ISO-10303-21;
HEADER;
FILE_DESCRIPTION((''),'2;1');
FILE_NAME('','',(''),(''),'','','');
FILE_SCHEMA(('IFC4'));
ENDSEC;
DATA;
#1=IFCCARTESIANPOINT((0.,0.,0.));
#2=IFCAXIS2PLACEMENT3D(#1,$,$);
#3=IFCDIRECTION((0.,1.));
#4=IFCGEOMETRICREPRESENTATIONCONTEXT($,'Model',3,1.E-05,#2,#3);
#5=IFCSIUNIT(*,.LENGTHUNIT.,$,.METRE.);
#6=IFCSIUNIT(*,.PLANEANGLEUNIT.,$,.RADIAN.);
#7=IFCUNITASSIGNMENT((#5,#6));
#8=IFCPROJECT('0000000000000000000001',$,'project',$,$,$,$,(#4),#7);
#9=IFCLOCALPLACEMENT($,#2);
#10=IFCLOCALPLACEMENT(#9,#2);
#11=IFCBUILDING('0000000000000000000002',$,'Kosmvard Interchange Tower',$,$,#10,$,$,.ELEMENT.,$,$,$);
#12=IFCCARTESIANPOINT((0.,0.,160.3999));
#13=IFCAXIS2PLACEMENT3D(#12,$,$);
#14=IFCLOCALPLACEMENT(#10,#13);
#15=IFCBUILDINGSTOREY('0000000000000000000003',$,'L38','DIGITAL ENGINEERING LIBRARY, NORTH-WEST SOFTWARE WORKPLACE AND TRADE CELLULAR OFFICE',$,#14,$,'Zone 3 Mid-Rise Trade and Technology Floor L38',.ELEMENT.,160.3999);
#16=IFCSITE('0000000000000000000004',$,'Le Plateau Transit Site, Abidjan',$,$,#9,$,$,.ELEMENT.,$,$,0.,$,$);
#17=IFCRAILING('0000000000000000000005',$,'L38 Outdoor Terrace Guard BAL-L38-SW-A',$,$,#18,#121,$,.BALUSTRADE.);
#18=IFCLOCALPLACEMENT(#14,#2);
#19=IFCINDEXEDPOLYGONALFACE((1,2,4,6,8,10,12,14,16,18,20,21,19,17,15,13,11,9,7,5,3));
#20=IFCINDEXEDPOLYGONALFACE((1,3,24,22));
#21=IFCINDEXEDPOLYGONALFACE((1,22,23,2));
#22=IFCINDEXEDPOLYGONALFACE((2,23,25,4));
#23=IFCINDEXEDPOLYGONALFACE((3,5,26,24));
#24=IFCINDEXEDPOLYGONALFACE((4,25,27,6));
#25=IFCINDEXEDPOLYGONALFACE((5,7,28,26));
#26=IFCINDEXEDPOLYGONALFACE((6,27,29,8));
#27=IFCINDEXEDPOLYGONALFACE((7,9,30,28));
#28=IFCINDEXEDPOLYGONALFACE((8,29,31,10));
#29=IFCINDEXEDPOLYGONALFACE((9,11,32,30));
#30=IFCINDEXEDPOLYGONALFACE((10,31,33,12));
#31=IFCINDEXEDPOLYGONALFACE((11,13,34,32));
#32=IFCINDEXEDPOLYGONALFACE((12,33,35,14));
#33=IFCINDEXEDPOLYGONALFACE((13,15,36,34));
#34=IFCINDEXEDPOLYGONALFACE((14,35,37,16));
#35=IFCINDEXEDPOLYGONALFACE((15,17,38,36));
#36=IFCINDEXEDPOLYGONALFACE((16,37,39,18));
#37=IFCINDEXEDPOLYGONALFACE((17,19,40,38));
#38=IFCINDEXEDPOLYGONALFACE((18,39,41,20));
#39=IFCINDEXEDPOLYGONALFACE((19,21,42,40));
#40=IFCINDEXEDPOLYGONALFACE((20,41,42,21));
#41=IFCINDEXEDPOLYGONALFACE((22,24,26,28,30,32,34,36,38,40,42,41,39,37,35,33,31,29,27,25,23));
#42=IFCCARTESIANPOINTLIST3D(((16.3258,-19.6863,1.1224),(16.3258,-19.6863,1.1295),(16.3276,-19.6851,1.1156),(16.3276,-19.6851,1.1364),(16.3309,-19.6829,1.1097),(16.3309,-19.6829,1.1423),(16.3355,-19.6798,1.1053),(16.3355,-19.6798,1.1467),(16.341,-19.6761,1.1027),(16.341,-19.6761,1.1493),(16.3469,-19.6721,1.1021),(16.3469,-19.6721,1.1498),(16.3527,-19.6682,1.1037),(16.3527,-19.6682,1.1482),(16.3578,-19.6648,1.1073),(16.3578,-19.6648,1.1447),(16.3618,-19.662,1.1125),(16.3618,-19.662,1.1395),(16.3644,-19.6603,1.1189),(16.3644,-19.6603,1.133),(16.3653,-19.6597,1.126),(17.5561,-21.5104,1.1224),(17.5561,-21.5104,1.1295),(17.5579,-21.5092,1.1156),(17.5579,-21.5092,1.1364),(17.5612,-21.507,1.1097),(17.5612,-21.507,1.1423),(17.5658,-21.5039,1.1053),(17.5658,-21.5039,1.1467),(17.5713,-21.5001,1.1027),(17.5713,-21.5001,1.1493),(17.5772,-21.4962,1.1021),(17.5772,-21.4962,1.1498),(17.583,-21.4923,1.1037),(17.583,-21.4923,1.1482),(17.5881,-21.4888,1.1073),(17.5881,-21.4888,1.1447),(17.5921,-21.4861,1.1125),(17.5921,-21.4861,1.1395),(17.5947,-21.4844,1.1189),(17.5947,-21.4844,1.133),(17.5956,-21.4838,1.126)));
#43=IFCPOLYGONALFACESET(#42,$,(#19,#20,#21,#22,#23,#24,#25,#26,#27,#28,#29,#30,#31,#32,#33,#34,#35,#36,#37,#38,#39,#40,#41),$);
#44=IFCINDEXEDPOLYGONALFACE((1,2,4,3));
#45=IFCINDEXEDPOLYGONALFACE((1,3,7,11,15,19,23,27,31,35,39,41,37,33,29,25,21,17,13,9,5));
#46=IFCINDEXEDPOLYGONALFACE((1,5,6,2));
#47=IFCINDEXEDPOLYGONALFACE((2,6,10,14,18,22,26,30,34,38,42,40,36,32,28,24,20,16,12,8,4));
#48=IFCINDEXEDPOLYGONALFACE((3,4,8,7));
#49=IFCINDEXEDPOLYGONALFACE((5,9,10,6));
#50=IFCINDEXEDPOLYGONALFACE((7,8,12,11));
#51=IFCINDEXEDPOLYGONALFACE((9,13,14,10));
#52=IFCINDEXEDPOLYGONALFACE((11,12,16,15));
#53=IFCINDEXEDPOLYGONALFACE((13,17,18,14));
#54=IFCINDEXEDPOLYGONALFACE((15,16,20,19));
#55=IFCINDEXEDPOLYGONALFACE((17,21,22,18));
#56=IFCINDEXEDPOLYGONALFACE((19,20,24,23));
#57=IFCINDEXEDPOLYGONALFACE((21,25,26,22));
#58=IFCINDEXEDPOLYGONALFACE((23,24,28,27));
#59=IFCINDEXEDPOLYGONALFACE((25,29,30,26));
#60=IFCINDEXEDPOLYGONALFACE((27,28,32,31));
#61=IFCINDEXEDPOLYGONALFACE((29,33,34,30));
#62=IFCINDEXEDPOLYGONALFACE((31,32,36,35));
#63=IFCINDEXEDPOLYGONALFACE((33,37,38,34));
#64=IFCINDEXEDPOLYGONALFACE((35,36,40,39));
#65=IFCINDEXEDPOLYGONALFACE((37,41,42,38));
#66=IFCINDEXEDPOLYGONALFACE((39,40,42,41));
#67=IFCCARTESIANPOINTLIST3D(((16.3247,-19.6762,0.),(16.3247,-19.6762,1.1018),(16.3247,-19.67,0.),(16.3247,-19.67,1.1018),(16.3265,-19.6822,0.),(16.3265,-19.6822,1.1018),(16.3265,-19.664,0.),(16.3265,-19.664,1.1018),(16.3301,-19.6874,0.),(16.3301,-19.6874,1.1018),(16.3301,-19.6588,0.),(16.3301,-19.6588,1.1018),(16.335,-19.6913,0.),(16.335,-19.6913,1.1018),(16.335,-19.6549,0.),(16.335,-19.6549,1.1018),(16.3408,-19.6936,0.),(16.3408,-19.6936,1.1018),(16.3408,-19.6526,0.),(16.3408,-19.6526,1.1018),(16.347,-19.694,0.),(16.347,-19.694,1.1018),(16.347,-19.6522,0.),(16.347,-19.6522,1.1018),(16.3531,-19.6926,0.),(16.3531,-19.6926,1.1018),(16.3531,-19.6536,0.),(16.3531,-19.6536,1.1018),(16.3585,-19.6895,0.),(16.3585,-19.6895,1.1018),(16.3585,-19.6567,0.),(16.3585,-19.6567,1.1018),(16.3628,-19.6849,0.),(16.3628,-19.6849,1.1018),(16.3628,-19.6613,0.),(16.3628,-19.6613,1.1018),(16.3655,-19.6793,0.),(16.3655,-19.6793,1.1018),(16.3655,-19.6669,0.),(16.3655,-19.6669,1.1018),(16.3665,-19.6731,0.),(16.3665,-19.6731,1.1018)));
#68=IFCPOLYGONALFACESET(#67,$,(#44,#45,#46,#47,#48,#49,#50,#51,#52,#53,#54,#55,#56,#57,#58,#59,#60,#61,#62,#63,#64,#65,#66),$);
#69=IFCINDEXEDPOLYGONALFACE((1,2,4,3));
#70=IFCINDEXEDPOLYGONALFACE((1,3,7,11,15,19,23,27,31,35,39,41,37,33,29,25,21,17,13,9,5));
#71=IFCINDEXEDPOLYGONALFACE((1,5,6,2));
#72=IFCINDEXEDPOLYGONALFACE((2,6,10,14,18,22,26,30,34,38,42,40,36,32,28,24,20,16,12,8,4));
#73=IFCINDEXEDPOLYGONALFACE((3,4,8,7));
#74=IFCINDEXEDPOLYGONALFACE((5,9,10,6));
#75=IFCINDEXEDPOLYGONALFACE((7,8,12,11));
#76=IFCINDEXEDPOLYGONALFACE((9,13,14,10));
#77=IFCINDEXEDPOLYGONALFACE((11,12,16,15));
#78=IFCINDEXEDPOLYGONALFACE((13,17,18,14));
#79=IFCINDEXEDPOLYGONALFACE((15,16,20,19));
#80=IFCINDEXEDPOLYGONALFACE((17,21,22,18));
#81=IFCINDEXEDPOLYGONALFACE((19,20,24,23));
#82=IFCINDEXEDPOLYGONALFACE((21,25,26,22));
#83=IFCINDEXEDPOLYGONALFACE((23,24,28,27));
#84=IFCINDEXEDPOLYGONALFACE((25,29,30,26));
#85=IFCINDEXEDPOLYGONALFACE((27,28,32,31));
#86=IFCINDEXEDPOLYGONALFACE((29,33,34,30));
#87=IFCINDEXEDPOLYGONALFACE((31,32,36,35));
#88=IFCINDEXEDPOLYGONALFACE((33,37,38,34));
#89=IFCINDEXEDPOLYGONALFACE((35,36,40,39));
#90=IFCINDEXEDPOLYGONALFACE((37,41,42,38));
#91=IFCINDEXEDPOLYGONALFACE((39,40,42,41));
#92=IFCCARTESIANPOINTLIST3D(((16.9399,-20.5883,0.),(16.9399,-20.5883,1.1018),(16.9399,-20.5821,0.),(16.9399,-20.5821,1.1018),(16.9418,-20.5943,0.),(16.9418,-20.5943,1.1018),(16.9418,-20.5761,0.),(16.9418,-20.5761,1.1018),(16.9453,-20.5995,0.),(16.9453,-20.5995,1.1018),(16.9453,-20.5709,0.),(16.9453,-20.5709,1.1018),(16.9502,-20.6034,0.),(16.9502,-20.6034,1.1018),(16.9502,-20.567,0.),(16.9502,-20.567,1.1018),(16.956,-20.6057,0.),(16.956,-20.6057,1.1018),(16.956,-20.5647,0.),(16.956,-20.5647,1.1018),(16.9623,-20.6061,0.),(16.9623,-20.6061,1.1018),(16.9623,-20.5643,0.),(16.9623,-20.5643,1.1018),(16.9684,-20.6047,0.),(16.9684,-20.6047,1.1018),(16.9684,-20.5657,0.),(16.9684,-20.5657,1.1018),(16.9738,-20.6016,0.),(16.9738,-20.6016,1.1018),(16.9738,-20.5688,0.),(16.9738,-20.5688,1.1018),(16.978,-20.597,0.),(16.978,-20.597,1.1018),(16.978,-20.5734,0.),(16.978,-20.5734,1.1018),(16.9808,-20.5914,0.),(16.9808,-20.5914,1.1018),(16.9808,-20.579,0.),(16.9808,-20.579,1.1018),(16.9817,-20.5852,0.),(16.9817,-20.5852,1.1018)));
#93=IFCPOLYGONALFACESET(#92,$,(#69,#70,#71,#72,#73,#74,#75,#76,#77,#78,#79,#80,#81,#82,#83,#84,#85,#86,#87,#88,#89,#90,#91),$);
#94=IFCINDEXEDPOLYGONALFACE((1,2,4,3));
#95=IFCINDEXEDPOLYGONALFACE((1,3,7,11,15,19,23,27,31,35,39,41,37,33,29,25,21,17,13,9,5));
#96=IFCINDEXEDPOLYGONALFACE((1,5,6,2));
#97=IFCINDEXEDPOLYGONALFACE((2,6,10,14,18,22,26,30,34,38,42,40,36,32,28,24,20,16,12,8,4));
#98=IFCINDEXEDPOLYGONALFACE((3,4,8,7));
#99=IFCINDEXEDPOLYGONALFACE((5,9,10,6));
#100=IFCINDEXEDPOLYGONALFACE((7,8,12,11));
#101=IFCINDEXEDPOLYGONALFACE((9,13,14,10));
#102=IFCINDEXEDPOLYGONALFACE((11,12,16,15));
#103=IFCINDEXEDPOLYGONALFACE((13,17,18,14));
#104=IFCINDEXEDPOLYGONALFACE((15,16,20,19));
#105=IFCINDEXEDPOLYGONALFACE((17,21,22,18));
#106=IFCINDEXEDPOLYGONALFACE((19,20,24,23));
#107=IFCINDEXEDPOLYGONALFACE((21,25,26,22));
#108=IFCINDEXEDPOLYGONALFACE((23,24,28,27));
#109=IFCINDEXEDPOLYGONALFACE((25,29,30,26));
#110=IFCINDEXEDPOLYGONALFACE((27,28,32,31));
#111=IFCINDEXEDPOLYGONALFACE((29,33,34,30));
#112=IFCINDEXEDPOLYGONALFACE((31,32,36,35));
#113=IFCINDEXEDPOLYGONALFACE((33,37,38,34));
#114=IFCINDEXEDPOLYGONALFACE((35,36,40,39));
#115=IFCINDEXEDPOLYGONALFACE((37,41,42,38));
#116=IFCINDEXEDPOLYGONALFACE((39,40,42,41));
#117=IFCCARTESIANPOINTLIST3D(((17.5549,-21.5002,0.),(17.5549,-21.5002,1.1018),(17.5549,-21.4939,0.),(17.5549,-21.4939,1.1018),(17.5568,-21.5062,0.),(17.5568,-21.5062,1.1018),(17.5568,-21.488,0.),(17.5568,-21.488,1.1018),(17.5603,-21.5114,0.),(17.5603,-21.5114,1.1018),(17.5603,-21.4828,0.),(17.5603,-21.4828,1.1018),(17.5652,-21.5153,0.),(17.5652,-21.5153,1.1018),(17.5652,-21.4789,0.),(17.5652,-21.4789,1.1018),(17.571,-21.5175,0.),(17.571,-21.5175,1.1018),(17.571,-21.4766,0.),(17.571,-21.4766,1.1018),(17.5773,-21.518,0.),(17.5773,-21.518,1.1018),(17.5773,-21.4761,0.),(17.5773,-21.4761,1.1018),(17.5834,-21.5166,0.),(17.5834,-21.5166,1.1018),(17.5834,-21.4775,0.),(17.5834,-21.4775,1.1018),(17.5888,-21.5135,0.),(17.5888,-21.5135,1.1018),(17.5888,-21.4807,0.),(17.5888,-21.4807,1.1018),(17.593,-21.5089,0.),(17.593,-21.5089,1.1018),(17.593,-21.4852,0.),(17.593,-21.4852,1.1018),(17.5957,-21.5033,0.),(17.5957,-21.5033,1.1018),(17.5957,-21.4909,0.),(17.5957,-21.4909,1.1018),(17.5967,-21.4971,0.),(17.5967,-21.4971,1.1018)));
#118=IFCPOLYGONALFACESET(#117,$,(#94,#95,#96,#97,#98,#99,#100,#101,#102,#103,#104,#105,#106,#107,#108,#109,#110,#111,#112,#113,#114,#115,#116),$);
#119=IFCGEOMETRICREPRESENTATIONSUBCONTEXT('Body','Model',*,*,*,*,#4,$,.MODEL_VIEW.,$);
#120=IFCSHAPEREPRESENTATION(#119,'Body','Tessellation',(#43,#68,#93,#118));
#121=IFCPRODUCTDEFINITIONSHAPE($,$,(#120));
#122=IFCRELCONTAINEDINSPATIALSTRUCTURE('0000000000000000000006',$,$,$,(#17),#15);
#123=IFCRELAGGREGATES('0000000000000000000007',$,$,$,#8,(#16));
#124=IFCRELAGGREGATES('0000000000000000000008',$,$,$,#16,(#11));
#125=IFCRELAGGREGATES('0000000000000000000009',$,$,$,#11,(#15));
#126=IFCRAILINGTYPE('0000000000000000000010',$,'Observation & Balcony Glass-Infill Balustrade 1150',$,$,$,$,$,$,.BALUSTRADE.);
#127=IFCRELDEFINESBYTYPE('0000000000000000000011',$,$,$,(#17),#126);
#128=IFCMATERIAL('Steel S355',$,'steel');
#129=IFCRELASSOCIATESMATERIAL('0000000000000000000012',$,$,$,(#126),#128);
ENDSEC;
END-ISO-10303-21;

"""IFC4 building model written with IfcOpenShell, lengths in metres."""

from ifc_helpers import new_model, si_unit, direction, frame, origin, origin_2d, place, context, subcontext, project, spatial, circle, extrude, source, transform, mapped, material, type_object, element, save


model = new_model("IFC4")

# Units and contexts
model_context = context("Model", 3, precision=1e-05, world=origin(), true_north=direction((0.0, 1.0)))
body_context = subcontext(model_context, "Body", "Model", "MODEL_VIEW")
ifc_project = project(units=[si_unit("LENGTHUNIT", "METRE"), si_unit("PLANEANGLEUNIT", "RADIAN")], contexts=[model_context])

# Site, building, storey
site_placement = place(None, origin())
site = spatial("IfcSite", under=ifc_project, at=site_placement, Name="Le Plateau Transit Site, Abidjan", CompositionType="ELEMENT", RefElevation=0.0)
building_placement = place(site_placement, origin())
building = spatial("IfcBuilding", under=site, at=building_placement, Name="Kosmvard Interchange Tower", CompositionType="ELEMENT")
storey_placement = place(building_placement, frame((0.0, 0.0, 160.3999)))
storey = spatial("IfcBuildingStorey", under=building, at=storey_placement, Name="L38", Description="DIGITAL ENGINEERING LIBRARY, NORTH-WEST SOFTWARE WORKPLACE AND TRADE CELLULAR OFFICE", LongName="Zone 3 Mid-Rise Trade and Technology Floor L38", CompositionType="ELEMENT", Elevation=160.3999)

# Shared definitions
ifc_material_1 = material(Name="Steel S355", Category="steel")

# Railing
railing_type = type_object("IfcRailingType", Name="Observation & Balcony Glass-Infill Balustrade 1150", PredefinedType="BALUSTRADE", material=ifc_material_1)
shared_shape_1 = source(origin(), body_context, "Body", "SweptSolid", [
    extrude(circle(Radius=0.0239, at=origin_2d()), frame((0.0, 0.0, 1.126), z_axis=(0.559174, -0.829051, 0.0), x_axis=(0.829051, 0.559174, 0.0)), (0.0, 0.0, 1.0), 2.2002),
    extrude(circle(Radius=0.021, at=origin_2d()), origin(), (0.0, 0.0, 1.0), 1.1018),
    extrude(circle(Radius=0.021, at=origin_2d()), frame((0.6152, -0.9121, 0.0)), (0.0, 0.0, 1.0), 1.1018),
    extrude(circle(Radius=0.021, at=origin_2d()), frame((1.2302, -1.824, 0.0)), (0.0, 0.0, 1.0), 1.1018),
])
railing_1_placement = place(storey_placement, frame((16.3455, -19.6731, 0.0)))
element("IfcRailing", 1, at=railing_1_placement, inside=storey, type_object=railing_type, Name="L38 Outdoor Terrace Guard BAL-L38-SW-A", PredefinedType="BALUSTRADE", context=body_context, shape_type="MappedRepresentation", body=[
    mapped(shared_shape_1, transform((0.0, 0.0, 0.0), scale=1.0)),
])

save(model, "model.ifc")
